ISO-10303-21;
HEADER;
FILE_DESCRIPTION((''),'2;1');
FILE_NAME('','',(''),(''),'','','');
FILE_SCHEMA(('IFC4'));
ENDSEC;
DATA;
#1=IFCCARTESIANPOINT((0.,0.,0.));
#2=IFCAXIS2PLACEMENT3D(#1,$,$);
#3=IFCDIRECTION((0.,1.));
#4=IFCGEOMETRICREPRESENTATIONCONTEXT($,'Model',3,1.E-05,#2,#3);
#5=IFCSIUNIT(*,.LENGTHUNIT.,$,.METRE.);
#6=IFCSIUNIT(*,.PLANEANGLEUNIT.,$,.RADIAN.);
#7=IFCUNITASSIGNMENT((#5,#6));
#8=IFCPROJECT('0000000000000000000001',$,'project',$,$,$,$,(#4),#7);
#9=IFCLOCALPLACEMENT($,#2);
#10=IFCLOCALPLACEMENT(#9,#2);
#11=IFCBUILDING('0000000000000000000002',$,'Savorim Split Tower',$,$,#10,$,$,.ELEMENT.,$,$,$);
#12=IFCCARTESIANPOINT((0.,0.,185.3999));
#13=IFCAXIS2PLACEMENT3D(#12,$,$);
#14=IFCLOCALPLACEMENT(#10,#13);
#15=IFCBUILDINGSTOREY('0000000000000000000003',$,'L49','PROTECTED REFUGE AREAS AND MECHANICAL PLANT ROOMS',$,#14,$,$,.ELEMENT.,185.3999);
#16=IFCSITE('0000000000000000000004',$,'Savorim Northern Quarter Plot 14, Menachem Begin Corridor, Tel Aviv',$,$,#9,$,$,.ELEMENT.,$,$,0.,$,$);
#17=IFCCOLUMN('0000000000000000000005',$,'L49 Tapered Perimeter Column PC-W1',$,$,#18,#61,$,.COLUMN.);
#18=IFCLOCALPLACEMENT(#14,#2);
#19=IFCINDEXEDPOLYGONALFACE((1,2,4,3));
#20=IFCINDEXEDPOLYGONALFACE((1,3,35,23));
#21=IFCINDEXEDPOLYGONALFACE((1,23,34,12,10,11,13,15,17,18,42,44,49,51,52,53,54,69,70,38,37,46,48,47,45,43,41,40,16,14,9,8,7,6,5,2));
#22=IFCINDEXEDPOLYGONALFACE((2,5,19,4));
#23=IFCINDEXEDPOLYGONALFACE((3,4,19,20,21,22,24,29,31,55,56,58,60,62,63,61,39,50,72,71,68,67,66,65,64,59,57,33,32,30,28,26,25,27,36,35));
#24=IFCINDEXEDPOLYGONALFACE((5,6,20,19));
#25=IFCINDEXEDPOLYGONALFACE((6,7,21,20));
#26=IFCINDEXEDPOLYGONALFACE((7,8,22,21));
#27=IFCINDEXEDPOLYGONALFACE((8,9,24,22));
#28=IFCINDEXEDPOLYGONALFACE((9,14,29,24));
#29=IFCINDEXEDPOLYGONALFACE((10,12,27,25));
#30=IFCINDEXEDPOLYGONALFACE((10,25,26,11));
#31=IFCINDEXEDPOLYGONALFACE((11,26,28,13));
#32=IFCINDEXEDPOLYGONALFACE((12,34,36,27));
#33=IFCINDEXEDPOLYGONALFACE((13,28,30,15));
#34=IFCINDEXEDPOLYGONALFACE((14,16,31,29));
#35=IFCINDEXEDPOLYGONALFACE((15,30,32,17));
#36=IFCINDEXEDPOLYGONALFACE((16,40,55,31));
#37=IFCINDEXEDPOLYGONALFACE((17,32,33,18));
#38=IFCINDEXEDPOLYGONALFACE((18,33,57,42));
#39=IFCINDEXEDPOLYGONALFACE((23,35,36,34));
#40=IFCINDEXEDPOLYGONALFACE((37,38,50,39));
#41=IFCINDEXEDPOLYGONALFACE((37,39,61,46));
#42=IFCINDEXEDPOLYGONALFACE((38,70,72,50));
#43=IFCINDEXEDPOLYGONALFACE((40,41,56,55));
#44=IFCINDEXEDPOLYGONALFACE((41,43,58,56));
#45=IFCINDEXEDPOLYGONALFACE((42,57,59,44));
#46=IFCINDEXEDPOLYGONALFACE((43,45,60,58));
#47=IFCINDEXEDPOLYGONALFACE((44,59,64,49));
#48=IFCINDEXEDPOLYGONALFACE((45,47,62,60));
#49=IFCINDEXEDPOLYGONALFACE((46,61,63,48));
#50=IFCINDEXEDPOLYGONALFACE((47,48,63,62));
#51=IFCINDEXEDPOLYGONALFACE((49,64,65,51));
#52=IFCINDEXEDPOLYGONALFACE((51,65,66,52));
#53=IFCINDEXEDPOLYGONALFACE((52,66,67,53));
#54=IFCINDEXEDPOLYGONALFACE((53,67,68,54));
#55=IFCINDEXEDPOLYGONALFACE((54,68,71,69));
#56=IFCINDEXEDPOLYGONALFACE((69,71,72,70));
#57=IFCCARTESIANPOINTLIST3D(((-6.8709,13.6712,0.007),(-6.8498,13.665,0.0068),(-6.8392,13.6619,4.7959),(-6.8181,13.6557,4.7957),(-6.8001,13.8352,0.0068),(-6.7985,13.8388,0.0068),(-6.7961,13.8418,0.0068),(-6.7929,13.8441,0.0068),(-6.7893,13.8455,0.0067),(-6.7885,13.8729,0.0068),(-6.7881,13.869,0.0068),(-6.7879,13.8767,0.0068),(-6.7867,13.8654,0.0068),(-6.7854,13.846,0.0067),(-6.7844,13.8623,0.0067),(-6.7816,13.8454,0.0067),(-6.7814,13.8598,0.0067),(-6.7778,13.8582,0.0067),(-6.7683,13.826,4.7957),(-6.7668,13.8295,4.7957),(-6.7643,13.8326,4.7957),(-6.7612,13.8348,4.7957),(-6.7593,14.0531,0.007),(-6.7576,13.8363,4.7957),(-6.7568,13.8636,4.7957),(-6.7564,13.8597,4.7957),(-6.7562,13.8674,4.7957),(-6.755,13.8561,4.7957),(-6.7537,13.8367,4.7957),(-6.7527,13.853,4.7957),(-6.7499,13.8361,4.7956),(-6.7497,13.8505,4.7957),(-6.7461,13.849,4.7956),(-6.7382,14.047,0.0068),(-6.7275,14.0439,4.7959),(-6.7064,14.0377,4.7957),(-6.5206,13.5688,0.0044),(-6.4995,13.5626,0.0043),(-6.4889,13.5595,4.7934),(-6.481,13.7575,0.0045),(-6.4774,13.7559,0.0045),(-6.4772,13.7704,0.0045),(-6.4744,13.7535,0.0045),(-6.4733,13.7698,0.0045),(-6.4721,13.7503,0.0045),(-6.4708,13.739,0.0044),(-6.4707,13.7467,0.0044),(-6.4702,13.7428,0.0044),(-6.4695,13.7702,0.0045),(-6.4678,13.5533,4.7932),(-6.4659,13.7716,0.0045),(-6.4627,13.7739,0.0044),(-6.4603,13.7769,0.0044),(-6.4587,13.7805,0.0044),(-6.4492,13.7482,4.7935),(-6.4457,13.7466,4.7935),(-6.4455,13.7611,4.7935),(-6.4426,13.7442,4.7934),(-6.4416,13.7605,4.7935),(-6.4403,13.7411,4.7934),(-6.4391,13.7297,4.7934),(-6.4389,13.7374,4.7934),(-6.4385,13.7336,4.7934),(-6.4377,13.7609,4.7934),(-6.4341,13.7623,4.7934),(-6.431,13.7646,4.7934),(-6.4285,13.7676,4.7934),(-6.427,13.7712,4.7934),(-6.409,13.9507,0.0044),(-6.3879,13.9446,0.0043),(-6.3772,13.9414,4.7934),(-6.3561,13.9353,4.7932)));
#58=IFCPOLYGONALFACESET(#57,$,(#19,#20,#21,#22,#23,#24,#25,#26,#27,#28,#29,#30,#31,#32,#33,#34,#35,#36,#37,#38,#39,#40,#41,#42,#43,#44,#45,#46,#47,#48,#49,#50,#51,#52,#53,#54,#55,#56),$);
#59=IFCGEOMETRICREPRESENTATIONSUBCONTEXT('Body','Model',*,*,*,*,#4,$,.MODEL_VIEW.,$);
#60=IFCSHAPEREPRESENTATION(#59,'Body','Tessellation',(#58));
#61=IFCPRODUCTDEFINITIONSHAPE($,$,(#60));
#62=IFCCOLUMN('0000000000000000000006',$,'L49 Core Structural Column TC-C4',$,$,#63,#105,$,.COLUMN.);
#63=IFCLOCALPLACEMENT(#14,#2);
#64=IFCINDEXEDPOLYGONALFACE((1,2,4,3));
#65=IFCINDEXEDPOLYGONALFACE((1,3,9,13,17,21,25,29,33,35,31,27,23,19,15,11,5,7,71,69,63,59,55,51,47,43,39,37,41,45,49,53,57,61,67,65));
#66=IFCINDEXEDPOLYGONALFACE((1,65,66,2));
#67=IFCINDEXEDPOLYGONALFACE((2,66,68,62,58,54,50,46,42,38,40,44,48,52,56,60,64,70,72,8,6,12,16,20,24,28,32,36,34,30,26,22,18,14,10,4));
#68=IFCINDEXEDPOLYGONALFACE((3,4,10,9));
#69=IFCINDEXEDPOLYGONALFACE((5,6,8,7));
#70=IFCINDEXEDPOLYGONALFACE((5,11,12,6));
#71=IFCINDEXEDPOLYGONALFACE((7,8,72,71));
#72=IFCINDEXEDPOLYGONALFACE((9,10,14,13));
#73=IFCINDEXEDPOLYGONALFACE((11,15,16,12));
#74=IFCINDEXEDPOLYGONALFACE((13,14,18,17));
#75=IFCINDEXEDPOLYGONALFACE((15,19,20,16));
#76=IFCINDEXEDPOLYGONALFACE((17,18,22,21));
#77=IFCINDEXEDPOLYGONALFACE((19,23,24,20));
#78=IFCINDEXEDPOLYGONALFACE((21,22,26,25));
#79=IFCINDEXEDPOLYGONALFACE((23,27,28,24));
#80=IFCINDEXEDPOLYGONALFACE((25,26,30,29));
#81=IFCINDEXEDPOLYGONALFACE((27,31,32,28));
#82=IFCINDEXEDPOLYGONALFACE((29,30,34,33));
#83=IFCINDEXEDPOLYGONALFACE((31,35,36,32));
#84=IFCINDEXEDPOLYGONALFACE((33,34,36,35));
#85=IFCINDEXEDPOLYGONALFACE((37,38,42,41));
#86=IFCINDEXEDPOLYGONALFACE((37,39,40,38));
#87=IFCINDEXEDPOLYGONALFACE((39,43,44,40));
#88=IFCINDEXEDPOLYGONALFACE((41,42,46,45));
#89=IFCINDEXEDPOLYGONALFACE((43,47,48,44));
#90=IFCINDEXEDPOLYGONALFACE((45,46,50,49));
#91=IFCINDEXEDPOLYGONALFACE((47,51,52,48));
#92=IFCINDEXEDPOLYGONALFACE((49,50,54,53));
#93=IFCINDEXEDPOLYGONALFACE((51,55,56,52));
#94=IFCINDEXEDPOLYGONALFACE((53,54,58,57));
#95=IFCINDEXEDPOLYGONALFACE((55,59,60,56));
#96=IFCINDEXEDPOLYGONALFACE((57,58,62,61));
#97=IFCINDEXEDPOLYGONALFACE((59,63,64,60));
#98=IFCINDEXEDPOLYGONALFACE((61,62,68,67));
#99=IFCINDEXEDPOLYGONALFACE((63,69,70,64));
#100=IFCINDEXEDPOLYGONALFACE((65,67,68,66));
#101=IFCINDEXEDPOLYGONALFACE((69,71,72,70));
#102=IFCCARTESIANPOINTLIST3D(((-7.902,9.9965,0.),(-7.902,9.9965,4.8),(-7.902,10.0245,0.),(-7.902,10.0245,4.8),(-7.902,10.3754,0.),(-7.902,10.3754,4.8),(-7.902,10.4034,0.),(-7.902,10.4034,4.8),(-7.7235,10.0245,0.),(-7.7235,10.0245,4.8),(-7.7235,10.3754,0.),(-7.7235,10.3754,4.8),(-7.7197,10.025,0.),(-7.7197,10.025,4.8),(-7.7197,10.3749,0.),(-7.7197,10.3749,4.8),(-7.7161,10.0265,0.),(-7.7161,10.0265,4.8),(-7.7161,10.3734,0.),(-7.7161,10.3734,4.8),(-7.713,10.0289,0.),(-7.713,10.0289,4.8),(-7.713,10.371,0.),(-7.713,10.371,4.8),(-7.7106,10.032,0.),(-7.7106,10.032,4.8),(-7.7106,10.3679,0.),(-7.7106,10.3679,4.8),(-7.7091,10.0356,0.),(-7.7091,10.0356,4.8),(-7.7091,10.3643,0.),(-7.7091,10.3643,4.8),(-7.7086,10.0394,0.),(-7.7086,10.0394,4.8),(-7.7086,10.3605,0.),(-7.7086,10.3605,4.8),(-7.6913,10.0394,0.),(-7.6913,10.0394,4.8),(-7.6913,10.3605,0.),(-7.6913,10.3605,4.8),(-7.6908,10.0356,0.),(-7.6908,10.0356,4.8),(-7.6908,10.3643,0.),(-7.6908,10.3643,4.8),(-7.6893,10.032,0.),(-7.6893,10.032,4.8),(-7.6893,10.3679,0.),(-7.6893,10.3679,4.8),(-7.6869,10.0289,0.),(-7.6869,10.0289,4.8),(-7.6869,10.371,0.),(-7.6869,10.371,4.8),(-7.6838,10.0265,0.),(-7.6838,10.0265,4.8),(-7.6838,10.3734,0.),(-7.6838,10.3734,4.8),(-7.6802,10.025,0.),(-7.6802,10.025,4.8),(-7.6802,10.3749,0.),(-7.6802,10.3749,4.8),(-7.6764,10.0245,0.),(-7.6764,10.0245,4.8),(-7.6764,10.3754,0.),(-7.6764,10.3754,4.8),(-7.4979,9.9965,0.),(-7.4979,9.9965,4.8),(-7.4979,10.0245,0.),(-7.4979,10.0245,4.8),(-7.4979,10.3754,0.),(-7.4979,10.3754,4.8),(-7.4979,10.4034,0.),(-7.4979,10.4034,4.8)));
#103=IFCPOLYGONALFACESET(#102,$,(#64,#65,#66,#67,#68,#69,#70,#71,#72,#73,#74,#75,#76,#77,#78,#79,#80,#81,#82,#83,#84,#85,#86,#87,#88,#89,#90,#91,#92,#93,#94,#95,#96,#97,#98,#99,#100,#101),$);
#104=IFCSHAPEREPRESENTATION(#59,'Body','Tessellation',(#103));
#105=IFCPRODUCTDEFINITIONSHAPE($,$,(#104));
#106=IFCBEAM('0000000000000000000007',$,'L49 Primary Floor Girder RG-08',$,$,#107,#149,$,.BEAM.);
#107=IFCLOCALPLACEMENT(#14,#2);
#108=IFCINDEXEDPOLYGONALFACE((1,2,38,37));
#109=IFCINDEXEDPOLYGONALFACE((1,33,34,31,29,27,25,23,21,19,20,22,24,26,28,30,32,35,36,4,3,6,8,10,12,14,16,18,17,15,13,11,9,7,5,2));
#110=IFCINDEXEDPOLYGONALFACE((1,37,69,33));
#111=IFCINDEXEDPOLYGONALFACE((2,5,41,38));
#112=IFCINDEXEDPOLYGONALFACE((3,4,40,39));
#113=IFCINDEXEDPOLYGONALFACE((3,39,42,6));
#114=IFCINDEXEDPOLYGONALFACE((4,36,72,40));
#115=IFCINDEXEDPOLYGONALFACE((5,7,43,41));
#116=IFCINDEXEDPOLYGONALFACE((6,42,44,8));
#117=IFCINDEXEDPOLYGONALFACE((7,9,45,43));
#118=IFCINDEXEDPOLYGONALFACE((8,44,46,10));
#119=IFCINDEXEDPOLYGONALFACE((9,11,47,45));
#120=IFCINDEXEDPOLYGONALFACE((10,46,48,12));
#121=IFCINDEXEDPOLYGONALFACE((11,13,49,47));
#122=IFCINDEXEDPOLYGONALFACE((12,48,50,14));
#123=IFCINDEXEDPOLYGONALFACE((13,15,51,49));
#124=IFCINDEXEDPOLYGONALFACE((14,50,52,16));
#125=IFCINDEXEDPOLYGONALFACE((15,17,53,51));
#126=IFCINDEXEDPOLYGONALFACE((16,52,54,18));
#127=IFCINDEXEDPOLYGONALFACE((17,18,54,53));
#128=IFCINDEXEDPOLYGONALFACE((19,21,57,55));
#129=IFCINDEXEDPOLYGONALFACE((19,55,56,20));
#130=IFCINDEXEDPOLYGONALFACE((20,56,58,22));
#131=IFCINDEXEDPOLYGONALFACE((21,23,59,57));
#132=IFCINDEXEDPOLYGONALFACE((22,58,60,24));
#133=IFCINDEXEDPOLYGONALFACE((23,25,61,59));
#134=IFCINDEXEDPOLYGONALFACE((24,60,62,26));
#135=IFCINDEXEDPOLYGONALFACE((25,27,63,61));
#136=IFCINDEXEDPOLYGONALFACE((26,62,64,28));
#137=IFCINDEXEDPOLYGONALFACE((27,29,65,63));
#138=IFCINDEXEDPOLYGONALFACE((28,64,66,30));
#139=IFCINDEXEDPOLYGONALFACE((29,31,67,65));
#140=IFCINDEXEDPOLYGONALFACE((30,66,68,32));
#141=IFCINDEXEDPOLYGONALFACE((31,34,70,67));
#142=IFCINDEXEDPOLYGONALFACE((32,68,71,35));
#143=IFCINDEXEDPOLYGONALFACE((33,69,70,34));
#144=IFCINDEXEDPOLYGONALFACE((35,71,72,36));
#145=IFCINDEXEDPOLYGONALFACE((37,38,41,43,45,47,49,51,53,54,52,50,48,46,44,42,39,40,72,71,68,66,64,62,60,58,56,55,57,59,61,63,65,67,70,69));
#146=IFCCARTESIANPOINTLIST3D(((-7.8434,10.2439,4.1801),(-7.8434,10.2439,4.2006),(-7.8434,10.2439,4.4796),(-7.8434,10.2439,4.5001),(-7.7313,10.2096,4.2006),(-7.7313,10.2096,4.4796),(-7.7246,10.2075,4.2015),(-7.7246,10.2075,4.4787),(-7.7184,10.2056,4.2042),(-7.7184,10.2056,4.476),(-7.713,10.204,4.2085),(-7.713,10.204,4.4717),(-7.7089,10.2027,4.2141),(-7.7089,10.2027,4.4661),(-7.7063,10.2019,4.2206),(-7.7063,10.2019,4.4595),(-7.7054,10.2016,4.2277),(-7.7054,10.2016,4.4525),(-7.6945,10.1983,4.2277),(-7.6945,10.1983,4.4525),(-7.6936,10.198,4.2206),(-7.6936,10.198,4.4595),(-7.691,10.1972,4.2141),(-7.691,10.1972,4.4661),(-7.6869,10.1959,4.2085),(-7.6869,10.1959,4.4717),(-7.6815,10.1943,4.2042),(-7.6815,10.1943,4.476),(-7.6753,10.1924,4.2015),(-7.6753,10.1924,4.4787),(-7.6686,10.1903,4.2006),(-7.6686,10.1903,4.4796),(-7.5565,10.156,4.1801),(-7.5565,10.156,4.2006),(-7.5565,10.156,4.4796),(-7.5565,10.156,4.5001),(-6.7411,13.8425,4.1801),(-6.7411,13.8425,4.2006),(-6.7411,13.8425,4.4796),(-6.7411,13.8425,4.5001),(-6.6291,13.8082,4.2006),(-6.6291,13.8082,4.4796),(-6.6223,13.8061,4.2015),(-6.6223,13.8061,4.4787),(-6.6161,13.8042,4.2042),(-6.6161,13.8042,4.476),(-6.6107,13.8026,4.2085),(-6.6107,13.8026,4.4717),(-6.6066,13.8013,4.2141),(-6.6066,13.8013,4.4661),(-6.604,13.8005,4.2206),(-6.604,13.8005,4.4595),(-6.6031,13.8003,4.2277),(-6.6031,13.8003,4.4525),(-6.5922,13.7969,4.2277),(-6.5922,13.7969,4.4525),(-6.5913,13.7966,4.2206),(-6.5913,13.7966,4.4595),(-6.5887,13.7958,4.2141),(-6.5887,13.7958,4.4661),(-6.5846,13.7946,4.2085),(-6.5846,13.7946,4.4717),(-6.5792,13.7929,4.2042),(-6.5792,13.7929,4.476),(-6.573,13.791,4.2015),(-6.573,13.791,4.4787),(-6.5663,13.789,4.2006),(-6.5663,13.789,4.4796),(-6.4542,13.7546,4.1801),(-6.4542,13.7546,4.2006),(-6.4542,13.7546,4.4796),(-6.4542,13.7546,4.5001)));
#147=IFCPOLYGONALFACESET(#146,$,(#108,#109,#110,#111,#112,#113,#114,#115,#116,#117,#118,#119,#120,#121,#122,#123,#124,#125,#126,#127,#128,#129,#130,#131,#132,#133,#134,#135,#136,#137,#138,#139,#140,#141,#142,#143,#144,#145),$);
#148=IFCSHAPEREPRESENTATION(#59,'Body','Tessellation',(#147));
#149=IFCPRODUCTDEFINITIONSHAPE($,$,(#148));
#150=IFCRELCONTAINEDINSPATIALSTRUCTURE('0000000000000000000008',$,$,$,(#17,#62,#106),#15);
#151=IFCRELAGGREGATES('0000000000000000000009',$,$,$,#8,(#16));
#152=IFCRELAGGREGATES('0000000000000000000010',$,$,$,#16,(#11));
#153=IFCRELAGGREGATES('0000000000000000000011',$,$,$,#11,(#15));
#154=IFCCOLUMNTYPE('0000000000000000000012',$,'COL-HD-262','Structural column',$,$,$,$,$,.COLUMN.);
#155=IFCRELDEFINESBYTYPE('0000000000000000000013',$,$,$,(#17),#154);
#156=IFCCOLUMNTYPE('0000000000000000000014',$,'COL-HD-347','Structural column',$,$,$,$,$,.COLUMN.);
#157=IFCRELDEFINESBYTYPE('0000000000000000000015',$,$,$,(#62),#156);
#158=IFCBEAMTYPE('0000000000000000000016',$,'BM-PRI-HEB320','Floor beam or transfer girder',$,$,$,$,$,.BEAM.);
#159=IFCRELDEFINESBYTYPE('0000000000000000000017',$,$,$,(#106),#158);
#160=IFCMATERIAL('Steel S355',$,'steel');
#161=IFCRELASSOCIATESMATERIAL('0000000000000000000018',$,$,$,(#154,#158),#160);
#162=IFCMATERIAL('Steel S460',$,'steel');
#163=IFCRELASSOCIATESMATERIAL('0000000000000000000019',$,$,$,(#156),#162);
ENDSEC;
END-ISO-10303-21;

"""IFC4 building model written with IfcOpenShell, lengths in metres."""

from ifc_helpers import new_model, si_unit, direction, frame, origin, origin_2d, place, context, subcontext, project, spatial, i_section, extrude, material, material_profile, profile_set, type_object, element, save


model = new_model("IFC4")

# Units and contexts
model_context = context("Model", 3, precision=1e-05, world=origin(), true_north=direction((0.0, 1.0)))
body_context = subcontext(model_context, "Body", "Model", "MODEL_VIEW")
ifc_project = project(units=[si_unit("LENGTHUNIT", "METRE"), si_unit("PLANEANGLEUNIT", "RADIAN")], contexts=[model_context])

# Site, building, storey
site_placement = place(None, origin())
site = spatial("IfcSite", under=ifc_project, at=site_placement, Name="Savorim Northern Quarter Plot 14, Menachem Begin Corridor, Tel Aviv", CompositionType="ELEMENT", RefElevation=0.0)
building_placement = place(site_placement, origin())
building = spatial("IfcBuilding", under=site, at=building_placement, Name="Savorim Split Tower", CompositionType="ELEMENT")
storey_placement = place(building_placement, frame((0.0, 0.0, 185.3999)))
storey = spatial("IfcBuildingStorey", under=building, at=storey_placement, Name="L49", Description="PROTECTED REFUGE AREAS AND MECHANICAL PLANT ROOMS", CompositionType="ELEMENT", Elevation=185.3999)

# Columns
ifc_material_1 = material(Name="Steel S355", Category="steel")
ifc_material_profile_1 = material_profile(ifc_material_1, i_section(OverallWidth=0.3979, OverallDepth=0.387, WebThickness=0.0134, FlangeThickness=0.022, FilletRadius=0.0149, at=origin_2d()), Name="HD 400x262")
ifc_profile_set_1 = profile_set([ifc_material_profile_1], Name="Steel S355")
column_type_1 = type_object("IfcColumnType", Name="COL-HD-262", Description="Structural column", PredefinedType="COLUMN", material=ifc_profile_set_1)
column_1_placement = place(storey_placement, frame((-6.6294, 13.8079, 0.0056), z_axis=(0.006627, -0.001937, 0.999976), x_axis=(0.280567, 0.959834, 0.0)))
element("IfcColumn", 1, at=column_1_placement, inside=storey, type_object=column_type_1, Name="L49 Tapered Perimeter Column PC-W1", PredefinedType="COLUMN", context=body_context, shape_type="SweptSolid", body=[
    extrude(i_section(OverallWidth=0.3979, OverallDepth=0.387, WebThickness=0.0134, FlangeThickness=0.022, FilletRadius=0.0149, at=origin_2d()), origin(), (0.0, 0.0, 1.0), 4.7891),
])
ifc_material_2 = material(Name="Steel S460", Category="steel")
ifc_material_profile_2 = material_profile(ifc_material_2, i_section(OverallWidth=0.4041, OverallDepth=0.407, WebThickness=0.0173, FlangeThickness=0.0281, FilletRadius=0.0149, at=origin_2d()), Name="HD 400x347")
ifc_profile_set_2 = profile_set([ifc_material_profile_2], Name="Steel S460")
column_type_2 = type_object("IfcColumnType", Name="COL-HD-347", Description="Structural column", PredefinedType="COLUMN", material=ifc_profile_set_2)
column_2_placement = place(storey_placement, frame((-7.7, 10.2, 0.0), z_axis=(0.0, 0.0, 1.0), x_axis=(1.0, 0.0, 0.0)))
element("IfcColumn", 2, at=column_2_placement, inside=storey, type_object=column_type_2, Name="L49 Core Structural Column TC-C4", PredefinedType="COLUMN", context=body_context, shape_type="SweptSolid", body=[
    extrude(i_section(OverallWidth=0.4041, OverallDepth=0.407, WebThickness=0.0173, FlangeThickness=0.0281, FilletRadius=0.0149, at=origin_2d()), origin(), (0.0, 0.0, 1.0), 4.8),
])

# Beam
ifc_material_profile_3 = material_profile(ifc_material_1, i_section(OverallWidth=0.3, OverallDepth=0.3201, WebThickness=0.0115, FlangeThickness=0.0205, FilletRadius=0.0271, at=origin_2d()), Name="HEB 320")
ifc_profile_set_3 = profile_set([ifc_material_profile_3], Name="Steel S355")
beam_type_1 = type_object("IfcBeamType", Name="BM-PRI-HEB320", Description="Floor beam or transfer girder", PredefinedType="BEAM", material=ifc_profile_set_3)
beam_1_placement = place(storey_placement, frame((-6.5977, 13.7986, 4.3401), z_axis=(-0.292878, -0.95615, 0.0), x_axis=(0.95615, -0.292878, 0.0)))
element("IfcBeam", 3, at=beam_1_placement, inside=storey, type_object=beam_type_1, Name="L49 Primary Floor Girder RG-08", PredefinedType="BEAM", context=body_context, shape_type="SweptSolid", body=[
    extrude(i_section(OverallWidth=0.3, OverallDepth=0.3201, WebThickness=0.0115, FlangeThickness=0.0205, FilletRadius=0.0271, at=origin_2d()), origin(), (0.0, 0.0, 1.0), 3.7637),
])

save(model, "model.ifc")
